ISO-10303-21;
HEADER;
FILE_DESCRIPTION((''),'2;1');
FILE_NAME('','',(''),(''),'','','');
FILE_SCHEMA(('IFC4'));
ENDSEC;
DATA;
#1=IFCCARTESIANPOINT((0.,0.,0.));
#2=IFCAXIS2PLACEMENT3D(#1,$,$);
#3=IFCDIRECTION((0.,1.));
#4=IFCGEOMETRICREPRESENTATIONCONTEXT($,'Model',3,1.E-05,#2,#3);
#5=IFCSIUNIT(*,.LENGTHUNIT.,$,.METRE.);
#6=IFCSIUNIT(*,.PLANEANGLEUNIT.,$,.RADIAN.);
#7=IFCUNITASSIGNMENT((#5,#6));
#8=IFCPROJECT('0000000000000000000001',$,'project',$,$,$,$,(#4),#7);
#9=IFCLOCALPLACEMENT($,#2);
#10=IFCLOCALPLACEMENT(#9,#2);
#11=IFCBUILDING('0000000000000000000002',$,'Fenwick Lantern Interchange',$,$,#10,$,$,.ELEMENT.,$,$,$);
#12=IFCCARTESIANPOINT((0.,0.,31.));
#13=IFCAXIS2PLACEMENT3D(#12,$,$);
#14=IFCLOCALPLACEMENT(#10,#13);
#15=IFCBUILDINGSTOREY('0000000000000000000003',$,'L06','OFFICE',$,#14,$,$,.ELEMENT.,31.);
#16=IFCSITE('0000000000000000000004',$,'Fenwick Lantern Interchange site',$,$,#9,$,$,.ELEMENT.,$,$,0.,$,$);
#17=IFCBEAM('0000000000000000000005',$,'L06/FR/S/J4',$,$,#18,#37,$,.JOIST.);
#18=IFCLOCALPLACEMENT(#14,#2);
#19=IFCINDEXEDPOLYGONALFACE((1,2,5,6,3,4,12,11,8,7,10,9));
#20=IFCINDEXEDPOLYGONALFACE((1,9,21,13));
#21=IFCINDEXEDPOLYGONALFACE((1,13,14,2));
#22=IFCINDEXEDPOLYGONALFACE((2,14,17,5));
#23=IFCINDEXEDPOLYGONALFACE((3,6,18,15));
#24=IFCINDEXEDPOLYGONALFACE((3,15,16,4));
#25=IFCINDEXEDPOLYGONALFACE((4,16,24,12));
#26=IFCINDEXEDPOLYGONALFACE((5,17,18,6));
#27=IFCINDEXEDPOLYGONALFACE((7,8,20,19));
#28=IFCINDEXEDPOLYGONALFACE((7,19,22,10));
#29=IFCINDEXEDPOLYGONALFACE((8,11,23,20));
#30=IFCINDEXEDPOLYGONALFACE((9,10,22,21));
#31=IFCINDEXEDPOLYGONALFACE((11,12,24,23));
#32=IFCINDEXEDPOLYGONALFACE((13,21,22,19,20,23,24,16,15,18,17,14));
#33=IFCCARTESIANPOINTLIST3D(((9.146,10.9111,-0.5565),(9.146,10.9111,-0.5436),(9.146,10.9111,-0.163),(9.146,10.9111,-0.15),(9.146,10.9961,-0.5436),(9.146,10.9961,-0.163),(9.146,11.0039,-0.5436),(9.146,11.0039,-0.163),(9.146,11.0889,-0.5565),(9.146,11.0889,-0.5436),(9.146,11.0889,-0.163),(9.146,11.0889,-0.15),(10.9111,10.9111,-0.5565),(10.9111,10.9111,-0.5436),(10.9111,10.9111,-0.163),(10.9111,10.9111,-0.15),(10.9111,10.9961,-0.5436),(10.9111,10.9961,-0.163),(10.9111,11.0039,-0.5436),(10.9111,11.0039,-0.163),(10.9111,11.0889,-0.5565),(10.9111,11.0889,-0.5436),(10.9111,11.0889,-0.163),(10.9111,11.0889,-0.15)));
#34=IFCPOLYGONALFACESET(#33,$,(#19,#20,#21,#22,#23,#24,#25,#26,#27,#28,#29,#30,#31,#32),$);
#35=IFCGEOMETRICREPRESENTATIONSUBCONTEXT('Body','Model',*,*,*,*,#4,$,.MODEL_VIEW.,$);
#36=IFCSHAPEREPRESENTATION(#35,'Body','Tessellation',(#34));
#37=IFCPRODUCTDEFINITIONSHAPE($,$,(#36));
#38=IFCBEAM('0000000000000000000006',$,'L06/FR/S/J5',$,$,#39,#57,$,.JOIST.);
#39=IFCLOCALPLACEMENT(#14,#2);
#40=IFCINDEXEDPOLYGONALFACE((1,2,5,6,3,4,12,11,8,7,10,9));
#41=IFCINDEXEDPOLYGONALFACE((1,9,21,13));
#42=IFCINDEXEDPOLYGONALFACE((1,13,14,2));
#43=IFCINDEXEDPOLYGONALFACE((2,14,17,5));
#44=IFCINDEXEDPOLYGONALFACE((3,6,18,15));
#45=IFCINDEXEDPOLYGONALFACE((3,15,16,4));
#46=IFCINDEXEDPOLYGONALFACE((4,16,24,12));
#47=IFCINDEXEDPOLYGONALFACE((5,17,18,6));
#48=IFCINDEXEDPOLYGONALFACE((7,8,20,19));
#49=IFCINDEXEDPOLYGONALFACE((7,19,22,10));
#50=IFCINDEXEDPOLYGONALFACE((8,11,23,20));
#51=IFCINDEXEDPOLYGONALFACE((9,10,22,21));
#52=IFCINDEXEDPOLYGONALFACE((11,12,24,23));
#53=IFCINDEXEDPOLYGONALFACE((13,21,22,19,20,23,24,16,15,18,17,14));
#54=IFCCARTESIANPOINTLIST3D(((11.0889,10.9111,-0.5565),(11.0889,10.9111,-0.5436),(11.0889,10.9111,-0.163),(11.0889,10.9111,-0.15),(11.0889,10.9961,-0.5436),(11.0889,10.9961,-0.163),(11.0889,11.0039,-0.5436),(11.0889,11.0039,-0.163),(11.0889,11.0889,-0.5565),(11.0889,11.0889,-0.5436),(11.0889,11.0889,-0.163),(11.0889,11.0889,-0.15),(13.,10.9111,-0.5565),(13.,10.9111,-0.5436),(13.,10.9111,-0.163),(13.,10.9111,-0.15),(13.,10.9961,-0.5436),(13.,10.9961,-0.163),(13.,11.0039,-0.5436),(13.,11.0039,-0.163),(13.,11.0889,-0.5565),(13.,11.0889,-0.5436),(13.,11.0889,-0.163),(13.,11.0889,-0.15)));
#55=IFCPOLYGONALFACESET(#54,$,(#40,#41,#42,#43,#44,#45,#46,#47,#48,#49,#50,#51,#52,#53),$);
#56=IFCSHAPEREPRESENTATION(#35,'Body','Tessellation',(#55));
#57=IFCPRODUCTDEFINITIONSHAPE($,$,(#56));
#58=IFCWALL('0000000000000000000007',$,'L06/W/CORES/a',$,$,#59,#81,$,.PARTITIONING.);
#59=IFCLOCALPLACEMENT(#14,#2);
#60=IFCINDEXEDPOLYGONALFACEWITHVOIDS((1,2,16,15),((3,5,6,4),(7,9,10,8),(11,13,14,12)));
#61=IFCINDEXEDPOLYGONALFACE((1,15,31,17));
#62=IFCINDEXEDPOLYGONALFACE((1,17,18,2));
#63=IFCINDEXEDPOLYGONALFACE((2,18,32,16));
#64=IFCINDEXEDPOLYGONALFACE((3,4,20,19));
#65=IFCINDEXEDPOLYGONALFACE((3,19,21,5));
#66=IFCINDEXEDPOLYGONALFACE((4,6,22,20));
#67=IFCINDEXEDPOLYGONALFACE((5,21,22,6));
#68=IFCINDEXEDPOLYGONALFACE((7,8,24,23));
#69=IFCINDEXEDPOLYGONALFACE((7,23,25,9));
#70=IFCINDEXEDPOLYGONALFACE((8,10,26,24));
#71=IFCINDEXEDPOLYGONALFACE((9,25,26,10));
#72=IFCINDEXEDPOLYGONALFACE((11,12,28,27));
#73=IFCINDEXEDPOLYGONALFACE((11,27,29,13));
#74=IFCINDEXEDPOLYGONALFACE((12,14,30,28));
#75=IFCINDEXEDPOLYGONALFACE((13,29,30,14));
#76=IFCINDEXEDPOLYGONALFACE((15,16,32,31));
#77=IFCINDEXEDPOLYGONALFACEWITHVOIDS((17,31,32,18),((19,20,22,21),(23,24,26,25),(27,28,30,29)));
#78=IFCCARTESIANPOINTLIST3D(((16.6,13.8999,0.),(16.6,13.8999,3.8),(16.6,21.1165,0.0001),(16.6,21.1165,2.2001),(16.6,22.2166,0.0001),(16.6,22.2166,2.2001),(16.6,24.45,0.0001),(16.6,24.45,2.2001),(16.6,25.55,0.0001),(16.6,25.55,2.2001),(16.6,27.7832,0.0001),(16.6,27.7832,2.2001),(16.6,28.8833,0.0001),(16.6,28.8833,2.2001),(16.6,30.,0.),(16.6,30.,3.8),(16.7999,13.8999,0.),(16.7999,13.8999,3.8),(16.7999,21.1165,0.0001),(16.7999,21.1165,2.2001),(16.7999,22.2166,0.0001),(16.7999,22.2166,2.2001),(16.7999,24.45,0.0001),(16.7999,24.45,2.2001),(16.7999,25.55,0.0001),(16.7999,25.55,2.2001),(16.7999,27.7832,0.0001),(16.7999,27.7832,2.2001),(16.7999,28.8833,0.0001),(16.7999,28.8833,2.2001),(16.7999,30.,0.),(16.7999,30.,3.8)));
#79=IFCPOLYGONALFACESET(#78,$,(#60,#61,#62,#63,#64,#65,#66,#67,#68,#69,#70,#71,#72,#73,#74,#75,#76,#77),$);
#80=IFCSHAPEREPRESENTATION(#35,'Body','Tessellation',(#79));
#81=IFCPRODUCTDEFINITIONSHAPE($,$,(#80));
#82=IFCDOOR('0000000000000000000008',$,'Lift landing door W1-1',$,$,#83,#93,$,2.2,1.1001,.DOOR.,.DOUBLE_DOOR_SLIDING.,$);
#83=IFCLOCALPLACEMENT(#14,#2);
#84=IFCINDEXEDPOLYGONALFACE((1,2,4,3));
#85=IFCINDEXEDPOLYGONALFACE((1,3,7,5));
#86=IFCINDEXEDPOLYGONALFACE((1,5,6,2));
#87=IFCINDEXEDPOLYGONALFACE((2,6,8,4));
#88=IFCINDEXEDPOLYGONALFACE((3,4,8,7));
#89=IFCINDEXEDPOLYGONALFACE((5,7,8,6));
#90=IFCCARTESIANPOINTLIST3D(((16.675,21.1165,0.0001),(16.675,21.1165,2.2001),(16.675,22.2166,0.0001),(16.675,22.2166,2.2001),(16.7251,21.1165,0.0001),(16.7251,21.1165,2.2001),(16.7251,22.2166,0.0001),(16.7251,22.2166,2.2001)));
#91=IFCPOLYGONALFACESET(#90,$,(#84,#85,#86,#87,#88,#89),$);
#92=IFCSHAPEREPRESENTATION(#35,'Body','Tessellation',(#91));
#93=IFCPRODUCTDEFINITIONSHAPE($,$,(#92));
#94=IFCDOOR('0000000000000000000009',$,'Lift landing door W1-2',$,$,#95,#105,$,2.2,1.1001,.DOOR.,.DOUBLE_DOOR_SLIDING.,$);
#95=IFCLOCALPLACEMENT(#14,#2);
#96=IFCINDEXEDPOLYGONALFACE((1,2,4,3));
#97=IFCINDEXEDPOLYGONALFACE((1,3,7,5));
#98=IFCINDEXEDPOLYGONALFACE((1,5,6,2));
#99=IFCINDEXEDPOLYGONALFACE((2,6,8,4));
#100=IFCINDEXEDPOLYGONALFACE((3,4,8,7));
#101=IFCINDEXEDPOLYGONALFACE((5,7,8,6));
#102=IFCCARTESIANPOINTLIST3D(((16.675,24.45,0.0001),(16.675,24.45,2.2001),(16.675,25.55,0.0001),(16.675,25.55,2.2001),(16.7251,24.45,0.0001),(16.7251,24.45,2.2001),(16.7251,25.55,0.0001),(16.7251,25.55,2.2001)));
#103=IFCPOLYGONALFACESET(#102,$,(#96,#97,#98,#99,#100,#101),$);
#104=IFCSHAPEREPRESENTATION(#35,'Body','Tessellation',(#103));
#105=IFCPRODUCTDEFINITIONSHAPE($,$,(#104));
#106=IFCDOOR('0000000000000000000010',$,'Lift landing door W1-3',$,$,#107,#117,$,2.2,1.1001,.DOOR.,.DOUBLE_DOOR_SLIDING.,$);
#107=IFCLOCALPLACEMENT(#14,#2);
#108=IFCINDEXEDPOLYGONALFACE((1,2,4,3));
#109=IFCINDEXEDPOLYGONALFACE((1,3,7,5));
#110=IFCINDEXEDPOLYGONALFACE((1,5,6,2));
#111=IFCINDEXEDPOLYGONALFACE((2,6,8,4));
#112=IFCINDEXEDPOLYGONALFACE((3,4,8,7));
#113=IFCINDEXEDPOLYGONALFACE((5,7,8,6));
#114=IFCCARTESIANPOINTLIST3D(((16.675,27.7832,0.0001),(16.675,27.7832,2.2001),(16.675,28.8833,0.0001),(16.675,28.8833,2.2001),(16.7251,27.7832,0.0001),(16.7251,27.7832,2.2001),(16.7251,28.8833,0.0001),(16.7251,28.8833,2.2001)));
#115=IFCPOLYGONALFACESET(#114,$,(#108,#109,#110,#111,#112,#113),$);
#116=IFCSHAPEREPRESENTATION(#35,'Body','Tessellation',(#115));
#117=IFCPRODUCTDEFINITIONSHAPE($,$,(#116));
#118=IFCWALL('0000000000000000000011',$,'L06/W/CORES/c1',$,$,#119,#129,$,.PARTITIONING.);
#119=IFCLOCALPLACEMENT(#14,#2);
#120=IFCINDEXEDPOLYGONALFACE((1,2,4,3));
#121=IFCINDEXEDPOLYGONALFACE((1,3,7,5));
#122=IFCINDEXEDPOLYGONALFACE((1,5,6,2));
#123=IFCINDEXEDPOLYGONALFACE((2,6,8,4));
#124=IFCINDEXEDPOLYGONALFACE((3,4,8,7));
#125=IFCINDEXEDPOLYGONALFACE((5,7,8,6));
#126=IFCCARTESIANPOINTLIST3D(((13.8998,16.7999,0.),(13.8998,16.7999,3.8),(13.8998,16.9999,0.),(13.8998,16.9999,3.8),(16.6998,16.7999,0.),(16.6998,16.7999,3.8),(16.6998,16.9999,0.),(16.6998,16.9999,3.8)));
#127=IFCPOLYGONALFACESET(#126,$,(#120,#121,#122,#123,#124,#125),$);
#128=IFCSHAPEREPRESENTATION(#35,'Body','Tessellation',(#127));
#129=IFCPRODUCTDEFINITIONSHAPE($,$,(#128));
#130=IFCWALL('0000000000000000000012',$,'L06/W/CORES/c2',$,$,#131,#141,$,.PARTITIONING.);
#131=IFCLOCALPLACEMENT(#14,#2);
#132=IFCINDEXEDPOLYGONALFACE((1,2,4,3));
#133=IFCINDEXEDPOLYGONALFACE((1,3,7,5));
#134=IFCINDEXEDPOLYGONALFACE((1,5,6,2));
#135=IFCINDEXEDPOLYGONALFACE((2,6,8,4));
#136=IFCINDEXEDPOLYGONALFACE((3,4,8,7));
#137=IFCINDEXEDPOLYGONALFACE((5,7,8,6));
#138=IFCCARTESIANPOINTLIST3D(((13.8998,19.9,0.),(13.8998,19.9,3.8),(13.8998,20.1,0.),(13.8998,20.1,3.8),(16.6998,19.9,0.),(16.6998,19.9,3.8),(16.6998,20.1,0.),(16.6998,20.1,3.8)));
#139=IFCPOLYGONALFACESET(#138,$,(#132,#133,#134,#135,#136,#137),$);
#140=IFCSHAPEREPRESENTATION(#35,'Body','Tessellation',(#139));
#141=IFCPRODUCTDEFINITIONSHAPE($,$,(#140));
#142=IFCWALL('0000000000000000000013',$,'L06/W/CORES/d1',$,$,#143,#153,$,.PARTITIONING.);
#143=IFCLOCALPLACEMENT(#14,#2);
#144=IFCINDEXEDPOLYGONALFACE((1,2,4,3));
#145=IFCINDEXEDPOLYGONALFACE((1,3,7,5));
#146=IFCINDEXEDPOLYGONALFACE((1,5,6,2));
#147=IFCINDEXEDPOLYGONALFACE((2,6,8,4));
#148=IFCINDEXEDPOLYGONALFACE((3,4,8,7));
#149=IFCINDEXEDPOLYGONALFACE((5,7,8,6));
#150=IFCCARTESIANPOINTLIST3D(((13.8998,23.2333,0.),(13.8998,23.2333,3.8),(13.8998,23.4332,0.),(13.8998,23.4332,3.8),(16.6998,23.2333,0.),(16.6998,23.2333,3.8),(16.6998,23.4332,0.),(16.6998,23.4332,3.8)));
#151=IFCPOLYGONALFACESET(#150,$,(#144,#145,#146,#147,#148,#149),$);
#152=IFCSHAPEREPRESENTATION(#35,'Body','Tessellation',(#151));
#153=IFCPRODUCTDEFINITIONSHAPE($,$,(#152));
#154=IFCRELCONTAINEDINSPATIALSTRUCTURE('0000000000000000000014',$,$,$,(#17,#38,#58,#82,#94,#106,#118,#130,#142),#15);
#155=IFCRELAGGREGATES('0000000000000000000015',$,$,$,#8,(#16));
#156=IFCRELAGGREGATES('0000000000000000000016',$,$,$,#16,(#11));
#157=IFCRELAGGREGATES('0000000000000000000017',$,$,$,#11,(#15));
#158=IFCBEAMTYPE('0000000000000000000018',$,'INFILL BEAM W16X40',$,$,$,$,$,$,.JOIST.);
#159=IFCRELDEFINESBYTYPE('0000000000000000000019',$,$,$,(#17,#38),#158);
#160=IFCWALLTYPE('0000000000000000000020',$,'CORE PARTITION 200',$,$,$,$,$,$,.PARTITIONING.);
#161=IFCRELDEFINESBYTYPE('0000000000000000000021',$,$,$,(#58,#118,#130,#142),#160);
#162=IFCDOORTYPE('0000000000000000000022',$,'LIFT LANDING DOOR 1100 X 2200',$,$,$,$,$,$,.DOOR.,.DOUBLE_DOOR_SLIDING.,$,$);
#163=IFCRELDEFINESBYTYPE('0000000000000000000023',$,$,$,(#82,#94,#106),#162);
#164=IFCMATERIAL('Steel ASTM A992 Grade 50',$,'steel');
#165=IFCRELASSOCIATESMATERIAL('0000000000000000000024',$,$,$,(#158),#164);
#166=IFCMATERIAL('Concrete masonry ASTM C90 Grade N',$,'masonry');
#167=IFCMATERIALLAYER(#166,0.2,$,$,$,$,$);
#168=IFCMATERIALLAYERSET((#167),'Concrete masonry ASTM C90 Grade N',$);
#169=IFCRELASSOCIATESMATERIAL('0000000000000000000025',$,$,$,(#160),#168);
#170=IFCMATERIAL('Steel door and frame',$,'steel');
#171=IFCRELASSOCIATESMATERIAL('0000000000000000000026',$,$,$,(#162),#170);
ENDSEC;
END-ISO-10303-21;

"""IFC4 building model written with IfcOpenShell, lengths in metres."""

from ifc_helpers import new_model, si_unit, direction, frame, frame_2d, origin, origin_2d, place, context, subcontext, project, spatial, rectangle, i_section, extrude, material, layer, layer_set, material_profile, profile_set, type_object, element, fill, save


model = new_model("IFC4")

# Units and contexts
model_context = context("Model", 3, precision=1e-05, world=origin(), true_north=direction((0.0, 1.0)))
body_context = subcontext(model_context, "Body", "Model", "MODEL_VIEW")
ifc_project = project(units=[si_unit("LENGTHUNIT", "METRE"), si_unit("PLANEANGLEUNIT", "RADIAN")], contexts=[model_context])

# Site, building, storey
site_placement = place(None, origin())
site = spatial("IfcSite", under=ifc_project, at=site_placement, Name="Fenwick Lantern Interchange site", CompositionType="ELEMENT", RefElevation=0.0)
building_placement = place(site_placement, origin())
building = spatial("IfcBuilding", under=site, at=building_placement, Name="Fenwick Lantern Interchange", CompositionType="ELEMENT")
storey_placement = place(building_placement, frame((0.0, 0.0, 31.0)))
storey = spatial("IfcBuildingStorey", under=building, at=storey_placement, Name="L06", Description="OFFICE", CompositionType="ELEMENT", Elevation=31.0)

# Beams
ifc_material_1 = material(Name="Steel ASTM A992 Grade 50", Category="steel")
ifc_material_profile = material_profile(ifc_material_1, i_section(OverallWidth=0.1777, OverallDepth=0.4065, WebThickness=0.0078, FlangeThickness=0.0129, at=origin_2d()), Name="W16X40")
ifc_profile_set = profile_set([ifc_material_profile], Name="Steel ASTM A992 Grade 50")
beam_type = type_object("IfcBeamType", Name="INFILL BEAM W16X40", PredefinedType="JOIST", material=ifc_profile_set)
beam_1_placement = place(storey_placement, frame((9.146, 11.0, -0.3533), z_axis=(1.0, 0.0, 0.0), x_axis=(0.0, 1.0, 0.0)))
element("IfcBeam", 1, at=beam_1_placement, inside=storey, type_object=beam_type, Name="L06/FR/S/J4", PredefinedType="JOIST", context=body_context, shape_type="SweptSolid", body=[
    extrude(i_section(OverallWidth=0.1777, OverallDepth=0.4065, WebThickness=0.0078, FlangeThickness=0.0129, at=origin_2d()), origin(), (0.0, 0.0, 1.0), 1.7651),
])
beam_2_placement = place(storey_placement, frame((11.0889, 11.0, -0.3533), z_axis=(1.0, 0.0, 0.0), x_axis=(0.0, 1.0, 0.0)))
element("IfcBeam", 2, at=beam_2_placement, inside=storey, type_object=beam_type, Name="L06/FR/S/J5", PredefinedType="JOIST", context=body_context, shape_type="SweptSolid", body=[
    extrude(i_section(OverallWidth=0.1777, OverallDepth=0.4065, WebThickness=0.0078, FlangeThickness=0.0129, at=origin_2d()), origin(), (0.0, 0.0, 1.0), 1.9111),
])

# Wall, openings, doors
ifc_material_2 = material(Name="Concrete masonry ASTM C90 Grade N", Category="masonry")
ifc_layer_1 = layer(ifc_material_2, 0.2)
ifc_layer_set_1 = layer_set([ifc_layer_1], Name="Concrete masonry ASTM C90 Grade N")
wall_type_1 = type_object("IfcWallType", Name="CORE PARTITION 200", PredefinedType="PARTITIONING", material=ifc_layer_set_1)
wall_1_placement = place(storey_placement, frame((16.7, 13.8999, 0.0), z_axis=(0.0, 0.0, 1.0), x_axis=(0.0, 1.0, 0.0)))
wall_1 = element("IfcWall", 3, at=wall_1_placement, inside=storey, type_object=wall_type_1, Name="L06/W/CORES/a", PredefinedType="PARTITIONING", context=body_context, shape_type="SweptSolid", body=[
    extrude(rectangle(XDim=16.1001, YDim=0.2, at=frame_2d((8.05, 0.0))), origin(), (0.0, 0.0, 1.0), 3.8),
])
opening_1_placement = place(wall_1_placement, frame((7.2166, 0.0, 0.0)))
opening_1 = element("IfcOpeningElement", 4, at=opening_1_placement, cuts=wall_1, PredefinedType="OPENING", context=body_context, shape_type="SweptSolid", body=[
    extrude(rectangle(XDim=1.1001, YDim=2.2, at=frame_2d((0.55, 1.1001))), frame((0.0, 0.1099, 0.0), z_axis=(0.0, -1.0, 0.0), x_axis=(1.0, 0.0, 0.0)), (0.0, 0.0, 1.0), 0.22),
])
opening_2_placement = place(wall_1_placement, frame((10.55, 0.0, 0.0)))
opening_2 = element("IfcOpeningElement", 5, at=opening_2_placement, cuts=wall_1, PredefinedType="OPENING", context=body_context, shape_type="SweptSolid", body=[
    extrude(rectangle(XDim=1.1001, YDim=2.2, at=frame_2d((0.55, 1.1001))), frame((0.0, 0.1099, 0.0), z_axis=(0.0, -1.0, 0.0), x_axis=(1.0, 0.0, 0.0)), (0.0, 0.0, 1.0), 0.22),
])
opening_3_placement = place(wall_1_placement, frame((13.8833, 0.0, 0.0)))
opening_3 = element("IfcOpeningElement", 6, at=opening_3_placement, cuts=wall_1, PredefinedType="OPENING", context=body_context, shape_type="SweptSolid", body=[
    extrude(rectangle(XDim=1.1001, YDim=2.2, at=frame_2d((0.55, 1.1001))), frame((0.0, 0.1099, 0.0), z_axis=(0.0, -1.0, 0.0), x_axis=(1.0, 0.0, 0.0)), (0.0, 0.0, 1.0), 0.22),
])
ifc_material_3 = material(Name="Steel door and frame", Category="steel")
door_type_1 = type_object("IfcDoorType", Name="LIFT LANDING DOOR 1100 X 2200", OperationType="DOUBLE_DOOR_SLIDING", PredefinedType="DOOR", material=ifc_material_3)
door_1_placement = place(opening_1_placement, origin())
door_1 = element("IfcDoor", 7, at=door_1_placement, inside=storey, type_object=door_type_1, Name="Lift landing door W1-1", OperationType="DOUBLE_DOOR_SLIDING", OverallHeight=2.2, OverallWidth=1.1001, PredefinedType="DOOR", context=body_context, shape_type="SweptSolid", body=[
    extrude(rectangle(XDim=1.1001, YDim=2.2, at=frame_2d((0.55, 1.1001))), frame((0.0, 0.0249, 0.0), z_axis=(0.0, -1.0, 0.0), x_axis=(1.0, 0.0, 0.0)), (0.0, 0.0, 1.0), 0.05),
])
fill(opening_1, door_1)
door_2_placement = place(opening_2_placement, origin())
door_2 = element("IfcDoor", 8, at=door_2_placement, inside=storey, type_object=door_type_1, Name="Lift landing door W1-2", OperationType="DOUBLE_DOOR_SLIDING", OverallHeight=2.2, OverallWidth=1.1001, PredefinedType="DOOR", context=body_context, shape_type="SweptSolid", body=[
    extrude(rectangle(XDim=1.1001, YDim=2.2, at=frame_2d((0.55, 1.1001))), frame((0.0, 0.0249, 0.0), z_axis=(0.0, -1.0, 0.0), x_axis=(1.0, 0.0, 0.0)), (0.0, 0.0, 1.0), 0.05),
])
fill(opening_2, door_2)
door_3_placement = place(opening_3_placement, origin())
door_3 = element("IfcDoor", 9, at=door_3_placement, inside=storey, type_object=door_type_1, Name="Lift landing door W1-3", OperationType="DOUBLE_DOOR_SLIDING", OverallHeight=2.2, OverallWidth=1.1001, PredefinedType="DOOR", context=body_context, shape_type="SweptSolid", body=[
    extrude(rectangle(XDim=1.1001, YDim=2.2, at=frame_2d((0.55, 1.1001))), frame((0.0, 0.0249, 0.0), z_axis=(0.0, -1.0, 0.0), x_axis=(1.0, 0.0, 0.0)), (0.0, 0.0, 1.0), 0.05),
])
fill(opening_3, door_3)

# Walls
for number, where, z_axis, x_axis, name in (
    (10, (13.8999, 16.8999, 0.0), (0.0, 0.0, 1.0), (1.0, 0.0, 0.0), "L06/W/CORES/c1"),
    (11, (13.8999, 20.0, 0.0), (0.0, 0.0, 1.0), (1.0, 0.0, 0.0), "L06/W/CORES/c2"),
    (12, (13.8999, 23.3333, 0.0), (0.0, 0.0, 1.0), (1.0, 0.0, 0.0), "L06/W/CORES/d1"),
):
    element("IfcWall", number, at=place(storey_placement, frame(where, z_axis=z_axis, x_axis=x_axis)), inside=storey, type_object=wall_type_1, Name=name, PredefinedType="PARTITIONING", context=body_context, shape_type="SweptSolid", body=[
        extrude(rectangle(XDim=2.8, YDim=0.2, at=frame_2d((1.3999, 0.0))), origin(), (0.0, 0.0, 1.0), 3.8),
    ])

save(model, "model.ifc")
